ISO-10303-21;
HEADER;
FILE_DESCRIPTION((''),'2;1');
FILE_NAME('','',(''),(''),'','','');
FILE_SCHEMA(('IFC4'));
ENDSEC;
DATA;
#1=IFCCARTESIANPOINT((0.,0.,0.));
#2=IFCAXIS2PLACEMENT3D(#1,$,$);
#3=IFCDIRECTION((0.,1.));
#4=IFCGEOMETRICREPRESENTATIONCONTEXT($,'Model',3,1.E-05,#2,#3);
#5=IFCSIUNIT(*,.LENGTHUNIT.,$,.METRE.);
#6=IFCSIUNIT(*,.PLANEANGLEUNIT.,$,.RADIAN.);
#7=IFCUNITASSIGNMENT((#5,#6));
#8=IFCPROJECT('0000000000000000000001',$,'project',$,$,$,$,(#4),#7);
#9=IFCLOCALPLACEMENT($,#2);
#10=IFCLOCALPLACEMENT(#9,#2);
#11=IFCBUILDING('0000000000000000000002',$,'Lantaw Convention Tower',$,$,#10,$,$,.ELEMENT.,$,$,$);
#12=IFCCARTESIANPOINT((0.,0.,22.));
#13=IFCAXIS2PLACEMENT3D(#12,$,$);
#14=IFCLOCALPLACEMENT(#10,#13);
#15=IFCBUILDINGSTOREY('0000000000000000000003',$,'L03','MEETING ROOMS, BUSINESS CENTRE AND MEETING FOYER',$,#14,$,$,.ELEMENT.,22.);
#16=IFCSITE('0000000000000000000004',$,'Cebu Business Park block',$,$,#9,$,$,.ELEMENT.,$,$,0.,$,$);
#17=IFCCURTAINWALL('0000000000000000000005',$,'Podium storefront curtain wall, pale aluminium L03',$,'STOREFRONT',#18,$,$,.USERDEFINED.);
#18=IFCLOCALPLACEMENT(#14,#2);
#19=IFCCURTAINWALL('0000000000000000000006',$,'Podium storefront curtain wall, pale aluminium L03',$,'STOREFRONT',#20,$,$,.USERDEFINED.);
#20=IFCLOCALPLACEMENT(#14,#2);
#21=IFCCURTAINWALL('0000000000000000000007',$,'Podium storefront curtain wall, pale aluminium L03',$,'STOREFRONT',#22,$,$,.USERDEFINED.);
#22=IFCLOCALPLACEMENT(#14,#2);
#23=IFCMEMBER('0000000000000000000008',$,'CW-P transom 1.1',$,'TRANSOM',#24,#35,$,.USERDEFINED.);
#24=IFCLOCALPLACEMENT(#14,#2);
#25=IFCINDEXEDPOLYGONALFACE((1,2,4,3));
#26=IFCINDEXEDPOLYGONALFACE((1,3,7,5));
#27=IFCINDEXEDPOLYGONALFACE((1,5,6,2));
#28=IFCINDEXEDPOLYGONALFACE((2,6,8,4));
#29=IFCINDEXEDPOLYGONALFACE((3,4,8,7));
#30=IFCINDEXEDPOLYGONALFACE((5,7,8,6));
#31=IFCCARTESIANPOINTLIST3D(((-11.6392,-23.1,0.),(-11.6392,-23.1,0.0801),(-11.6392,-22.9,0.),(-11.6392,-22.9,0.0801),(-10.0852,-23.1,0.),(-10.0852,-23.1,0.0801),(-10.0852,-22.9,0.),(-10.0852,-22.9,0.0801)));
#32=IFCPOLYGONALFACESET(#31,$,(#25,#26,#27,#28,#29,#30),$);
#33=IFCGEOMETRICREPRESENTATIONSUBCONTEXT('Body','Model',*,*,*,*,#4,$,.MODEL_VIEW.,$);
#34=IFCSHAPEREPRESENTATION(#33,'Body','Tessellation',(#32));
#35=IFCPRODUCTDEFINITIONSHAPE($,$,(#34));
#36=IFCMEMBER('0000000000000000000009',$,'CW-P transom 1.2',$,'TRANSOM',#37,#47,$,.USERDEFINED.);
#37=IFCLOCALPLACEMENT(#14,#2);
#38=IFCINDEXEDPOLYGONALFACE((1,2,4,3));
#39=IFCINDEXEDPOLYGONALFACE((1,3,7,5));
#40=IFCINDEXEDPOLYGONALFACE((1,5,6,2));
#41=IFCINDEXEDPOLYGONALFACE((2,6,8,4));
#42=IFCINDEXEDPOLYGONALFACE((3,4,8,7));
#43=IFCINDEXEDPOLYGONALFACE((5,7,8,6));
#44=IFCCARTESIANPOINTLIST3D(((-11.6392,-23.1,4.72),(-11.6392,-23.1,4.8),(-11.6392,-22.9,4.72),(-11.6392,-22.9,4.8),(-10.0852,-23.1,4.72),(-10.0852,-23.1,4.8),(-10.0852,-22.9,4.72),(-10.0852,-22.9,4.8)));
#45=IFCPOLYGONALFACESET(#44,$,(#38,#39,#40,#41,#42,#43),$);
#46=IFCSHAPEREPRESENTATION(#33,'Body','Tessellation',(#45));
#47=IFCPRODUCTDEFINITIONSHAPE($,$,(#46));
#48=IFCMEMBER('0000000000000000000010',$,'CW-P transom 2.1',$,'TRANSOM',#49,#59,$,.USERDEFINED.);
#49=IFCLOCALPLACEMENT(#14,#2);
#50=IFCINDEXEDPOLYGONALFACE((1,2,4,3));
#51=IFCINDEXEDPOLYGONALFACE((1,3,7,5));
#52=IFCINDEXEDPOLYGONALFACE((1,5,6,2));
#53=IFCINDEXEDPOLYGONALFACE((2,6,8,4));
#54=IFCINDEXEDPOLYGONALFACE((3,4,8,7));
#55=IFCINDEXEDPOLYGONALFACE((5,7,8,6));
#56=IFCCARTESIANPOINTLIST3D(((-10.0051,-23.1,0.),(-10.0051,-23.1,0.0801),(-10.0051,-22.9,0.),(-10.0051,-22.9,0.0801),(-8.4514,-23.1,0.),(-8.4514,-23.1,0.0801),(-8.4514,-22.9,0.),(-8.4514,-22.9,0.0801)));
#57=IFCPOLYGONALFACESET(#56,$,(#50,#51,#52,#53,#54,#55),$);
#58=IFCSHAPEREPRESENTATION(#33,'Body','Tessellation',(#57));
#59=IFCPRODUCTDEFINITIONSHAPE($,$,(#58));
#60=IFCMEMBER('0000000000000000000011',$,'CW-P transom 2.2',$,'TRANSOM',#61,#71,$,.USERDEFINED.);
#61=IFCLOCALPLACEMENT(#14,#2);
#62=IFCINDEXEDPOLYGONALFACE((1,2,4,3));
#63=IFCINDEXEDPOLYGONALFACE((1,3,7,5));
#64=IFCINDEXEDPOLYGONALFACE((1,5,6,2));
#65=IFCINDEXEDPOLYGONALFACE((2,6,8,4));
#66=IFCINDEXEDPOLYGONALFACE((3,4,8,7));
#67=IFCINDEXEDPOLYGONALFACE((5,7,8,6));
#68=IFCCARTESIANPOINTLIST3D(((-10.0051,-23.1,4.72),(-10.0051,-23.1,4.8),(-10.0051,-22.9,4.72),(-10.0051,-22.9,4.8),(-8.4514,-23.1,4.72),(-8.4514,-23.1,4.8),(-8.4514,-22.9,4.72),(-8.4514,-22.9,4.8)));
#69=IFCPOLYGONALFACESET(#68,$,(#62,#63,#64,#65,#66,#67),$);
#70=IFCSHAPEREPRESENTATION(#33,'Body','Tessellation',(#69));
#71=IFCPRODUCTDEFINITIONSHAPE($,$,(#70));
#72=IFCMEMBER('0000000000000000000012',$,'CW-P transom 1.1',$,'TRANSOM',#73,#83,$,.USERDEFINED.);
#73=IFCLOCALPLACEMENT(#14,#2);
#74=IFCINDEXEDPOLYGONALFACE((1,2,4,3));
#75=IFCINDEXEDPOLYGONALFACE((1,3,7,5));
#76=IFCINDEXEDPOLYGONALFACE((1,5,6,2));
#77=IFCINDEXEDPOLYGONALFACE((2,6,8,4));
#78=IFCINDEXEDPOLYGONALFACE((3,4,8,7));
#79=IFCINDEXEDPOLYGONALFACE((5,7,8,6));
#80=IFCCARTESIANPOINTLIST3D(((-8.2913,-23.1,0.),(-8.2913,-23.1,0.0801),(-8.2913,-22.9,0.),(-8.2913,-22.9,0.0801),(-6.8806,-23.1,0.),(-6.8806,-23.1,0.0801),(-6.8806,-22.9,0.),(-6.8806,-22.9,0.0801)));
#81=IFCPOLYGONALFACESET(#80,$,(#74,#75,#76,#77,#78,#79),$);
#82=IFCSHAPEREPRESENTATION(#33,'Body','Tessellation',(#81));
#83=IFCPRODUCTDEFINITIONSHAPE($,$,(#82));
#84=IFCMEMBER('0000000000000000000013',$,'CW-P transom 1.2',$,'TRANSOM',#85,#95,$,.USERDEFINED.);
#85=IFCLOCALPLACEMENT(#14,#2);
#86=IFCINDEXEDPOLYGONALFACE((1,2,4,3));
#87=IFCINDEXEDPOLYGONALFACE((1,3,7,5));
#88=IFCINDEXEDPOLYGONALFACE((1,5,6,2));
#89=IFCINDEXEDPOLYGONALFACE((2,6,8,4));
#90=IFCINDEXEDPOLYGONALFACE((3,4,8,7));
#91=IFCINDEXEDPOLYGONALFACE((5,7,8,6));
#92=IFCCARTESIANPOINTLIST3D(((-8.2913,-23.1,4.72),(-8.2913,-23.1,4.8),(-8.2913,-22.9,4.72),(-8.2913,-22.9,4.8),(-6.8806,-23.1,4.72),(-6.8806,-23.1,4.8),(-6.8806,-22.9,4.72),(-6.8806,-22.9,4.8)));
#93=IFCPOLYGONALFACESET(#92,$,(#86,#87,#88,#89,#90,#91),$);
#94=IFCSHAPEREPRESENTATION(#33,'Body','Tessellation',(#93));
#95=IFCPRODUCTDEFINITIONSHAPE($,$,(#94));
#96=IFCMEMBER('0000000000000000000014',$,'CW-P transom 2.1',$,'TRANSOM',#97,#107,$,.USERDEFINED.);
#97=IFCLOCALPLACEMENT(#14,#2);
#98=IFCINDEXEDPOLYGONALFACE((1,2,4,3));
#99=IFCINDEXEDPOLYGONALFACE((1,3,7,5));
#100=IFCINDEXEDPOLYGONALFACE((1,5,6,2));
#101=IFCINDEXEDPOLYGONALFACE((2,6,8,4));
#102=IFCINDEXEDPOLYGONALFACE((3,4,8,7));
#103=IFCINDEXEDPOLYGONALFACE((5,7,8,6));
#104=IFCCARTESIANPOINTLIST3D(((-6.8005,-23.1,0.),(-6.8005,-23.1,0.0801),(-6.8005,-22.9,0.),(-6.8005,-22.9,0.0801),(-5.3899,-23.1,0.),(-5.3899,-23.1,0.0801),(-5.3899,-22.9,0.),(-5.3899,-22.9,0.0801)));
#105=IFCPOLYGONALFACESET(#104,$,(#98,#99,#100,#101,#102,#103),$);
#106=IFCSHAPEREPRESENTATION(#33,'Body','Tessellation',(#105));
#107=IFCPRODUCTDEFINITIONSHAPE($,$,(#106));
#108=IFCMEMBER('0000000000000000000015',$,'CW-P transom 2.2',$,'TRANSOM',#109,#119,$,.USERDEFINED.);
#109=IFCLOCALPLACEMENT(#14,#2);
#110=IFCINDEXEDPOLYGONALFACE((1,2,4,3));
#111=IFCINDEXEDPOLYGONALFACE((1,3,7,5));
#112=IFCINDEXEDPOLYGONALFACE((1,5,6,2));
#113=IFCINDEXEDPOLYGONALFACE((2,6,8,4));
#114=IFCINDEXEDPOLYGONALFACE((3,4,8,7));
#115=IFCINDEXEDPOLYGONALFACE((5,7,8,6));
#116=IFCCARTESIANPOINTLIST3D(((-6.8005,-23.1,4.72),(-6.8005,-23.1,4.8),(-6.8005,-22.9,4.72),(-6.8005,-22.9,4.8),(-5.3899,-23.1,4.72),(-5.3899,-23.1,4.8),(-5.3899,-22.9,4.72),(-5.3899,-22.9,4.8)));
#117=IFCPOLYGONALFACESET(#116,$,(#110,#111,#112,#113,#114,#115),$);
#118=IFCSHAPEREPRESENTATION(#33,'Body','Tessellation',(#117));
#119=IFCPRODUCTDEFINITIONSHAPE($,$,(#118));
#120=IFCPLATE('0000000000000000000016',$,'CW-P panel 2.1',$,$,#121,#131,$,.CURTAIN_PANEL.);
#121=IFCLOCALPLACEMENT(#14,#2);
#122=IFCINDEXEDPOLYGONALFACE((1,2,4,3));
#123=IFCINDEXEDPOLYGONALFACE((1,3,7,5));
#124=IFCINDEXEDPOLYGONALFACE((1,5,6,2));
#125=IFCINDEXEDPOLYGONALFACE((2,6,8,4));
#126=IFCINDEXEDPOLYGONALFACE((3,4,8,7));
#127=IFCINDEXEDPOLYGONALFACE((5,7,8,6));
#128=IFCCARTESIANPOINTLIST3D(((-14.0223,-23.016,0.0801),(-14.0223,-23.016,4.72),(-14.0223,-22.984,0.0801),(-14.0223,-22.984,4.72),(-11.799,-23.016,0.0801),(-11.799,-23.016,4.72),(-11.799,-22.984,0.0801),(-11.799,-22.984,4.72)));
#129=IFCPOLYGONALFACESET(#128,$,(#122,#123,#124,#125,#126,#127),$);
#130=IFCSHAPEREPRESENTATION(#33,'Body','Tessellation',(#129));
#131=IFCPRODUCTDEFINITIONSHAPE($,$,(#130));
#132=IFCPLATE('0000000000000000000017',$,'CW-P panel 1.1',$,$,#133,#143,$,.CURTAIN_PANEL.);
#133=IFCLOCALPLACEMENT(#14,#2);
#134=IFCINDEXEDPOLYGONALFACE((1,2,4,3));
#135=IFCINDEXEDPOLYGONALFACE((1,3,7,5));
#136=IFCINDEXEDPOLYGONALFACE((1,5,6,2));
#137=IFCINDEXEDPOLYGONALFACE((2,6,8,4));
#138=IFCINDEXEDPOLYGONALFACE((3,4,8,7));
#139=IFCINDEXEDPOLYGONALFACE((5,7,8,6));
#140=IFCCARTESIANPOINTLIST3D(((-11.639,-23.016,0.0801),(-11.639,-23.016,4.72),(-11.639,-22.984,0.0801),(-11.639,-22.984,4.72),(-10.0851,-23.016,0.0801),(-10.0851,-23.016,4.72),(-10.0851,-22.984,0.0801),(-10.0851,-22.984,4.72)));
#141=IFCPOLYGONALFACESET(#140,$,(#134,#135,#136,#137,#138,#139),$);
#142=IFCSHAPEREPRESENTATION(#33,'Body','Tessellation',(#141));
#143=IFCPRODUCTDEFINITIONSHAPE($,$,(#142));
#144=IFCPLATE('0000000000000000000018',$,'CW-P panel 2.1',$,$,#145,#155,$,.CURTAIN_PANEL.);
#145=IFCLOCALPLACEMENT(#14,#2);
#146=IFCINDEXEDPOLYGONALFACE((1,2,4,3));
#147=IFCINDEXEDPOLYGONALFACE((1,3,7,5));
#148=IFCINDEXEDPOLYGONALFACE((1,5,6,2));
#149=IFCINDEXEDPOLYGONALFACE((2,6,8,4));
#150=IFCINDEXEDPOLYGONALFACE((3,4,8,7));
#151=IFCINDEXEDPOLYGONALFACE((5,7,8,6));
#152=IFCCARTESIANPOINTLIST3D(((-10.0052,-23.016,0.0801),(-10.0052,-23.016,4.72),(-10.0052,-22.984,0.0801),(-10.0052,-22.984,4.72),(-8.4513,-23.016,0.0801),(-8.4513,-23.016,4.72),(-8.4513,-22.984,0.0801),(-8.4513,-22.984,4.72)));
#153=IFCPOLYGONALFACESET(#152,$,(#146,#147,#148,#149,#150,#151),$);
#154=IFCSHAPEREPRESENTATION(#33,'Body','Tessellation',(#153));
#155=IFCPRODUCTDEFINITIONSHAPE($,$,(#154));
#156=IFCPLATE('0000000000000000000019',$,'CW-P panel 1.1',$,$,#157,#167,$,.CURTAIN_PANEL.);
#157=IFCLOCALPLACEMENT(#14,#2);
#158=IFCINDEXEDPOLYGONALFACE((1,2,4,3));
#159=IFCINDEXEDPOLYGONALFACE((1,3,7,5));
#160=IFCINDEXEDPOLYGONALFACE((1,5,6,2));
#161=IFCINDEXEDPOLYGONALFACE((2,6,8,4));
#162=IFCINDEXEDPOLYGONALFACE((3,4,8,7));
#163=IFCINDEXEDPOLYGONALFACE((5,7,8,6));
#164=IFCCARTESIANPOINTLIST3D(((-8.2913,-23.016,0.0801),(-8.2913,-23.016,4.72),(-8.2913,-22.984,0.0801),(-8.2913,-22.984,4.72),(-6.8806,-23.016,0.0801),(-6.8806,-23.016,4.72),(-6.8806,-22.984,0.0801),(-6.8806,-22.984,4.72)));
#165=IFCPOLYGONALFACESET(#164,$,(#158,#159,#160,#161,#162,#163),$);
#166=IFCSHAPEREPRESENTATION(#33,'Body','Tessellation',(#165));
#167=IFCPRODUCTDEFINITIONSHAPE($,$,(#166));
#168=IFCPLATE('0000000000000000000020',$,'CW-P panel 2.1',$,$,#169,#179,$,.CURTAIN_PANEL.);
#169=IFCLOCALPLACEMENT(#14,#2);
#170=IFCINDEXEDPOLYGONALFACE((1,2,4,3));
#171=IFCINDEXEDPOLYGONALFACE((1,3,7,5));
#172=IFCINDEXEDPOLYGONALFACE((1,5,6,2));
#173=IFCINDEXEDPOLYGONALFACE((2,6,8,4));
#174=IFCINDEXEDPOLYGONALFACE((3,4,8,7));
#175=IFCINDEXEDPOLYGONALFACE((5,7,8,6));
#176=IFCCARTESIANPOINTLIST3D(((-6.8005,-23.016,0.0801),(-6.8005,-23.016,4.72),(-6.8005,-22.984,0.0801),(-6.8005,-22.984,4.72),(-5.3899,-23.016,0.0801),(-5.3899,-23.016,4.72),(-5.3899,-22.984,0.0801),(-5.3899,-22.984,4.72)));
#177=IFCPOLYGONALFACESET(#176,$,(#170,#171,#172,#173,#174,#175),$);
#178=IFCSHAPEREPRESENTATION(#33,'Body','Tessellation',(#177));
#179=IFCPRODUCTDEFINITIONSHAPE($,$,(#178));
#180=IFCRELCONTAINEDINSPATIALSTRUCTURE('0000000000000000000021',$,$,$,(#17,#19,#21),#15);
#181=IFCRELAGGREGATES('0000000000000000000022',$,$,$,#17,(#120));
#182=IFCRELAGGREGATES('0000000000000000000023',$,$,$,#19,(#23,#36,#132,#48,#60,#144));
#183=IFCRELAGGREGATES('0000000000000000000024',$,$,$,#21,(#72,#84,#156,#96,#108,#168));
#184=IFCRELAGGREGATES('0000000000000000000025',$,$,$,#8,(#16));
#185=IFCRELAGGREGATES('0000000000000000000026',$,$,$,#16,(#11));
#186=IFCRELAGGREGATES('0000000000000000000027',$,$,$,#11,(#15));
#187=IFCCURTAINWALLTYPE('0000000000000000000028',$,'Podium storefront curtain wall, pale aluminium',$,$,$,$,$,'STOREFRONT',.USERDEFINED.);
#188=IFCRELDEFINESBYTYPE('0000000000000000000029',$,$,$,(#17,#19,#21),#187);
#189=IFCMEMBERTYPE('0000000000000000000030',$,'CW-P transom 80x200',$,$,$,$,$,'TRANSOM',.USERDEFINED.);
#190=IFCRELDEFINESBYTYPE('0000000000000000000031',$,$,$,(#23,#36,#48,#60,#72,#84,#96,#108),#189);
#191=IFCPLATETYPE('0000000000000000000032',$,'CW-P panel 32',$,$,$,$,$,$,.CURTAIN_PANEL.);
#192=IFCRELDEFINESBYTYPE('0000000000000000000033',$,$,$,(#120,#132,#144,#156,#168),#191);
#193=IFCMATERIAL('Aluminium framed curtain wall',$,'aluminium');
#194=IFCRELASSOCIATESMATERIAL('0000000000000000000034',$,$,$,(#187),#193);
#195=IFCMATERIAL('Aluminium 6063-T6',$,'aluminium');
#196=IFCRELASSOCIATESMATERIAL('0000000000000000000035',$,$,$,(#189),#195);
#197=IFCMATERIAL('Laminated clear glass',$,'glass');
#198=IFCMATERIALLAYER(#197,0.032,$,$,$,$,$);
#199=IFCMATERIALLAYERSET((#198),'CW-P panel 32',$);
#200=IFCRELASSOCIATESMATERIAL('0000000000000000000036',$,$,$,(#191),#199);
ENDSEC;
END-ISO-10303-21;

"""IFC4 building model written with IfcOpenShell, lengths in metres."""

from ifc_helpers import new_model, si_unit, direction, frame, origin, origin_2d, place, context, subcontext, project, spatial, rectangle, extrude, material, layer, layer_set, material_profile, profile_set, type_object, element, aggregate, save


model = new_model("IFC4")

# Units and contexts
model_context = context("Model", 3, precision=1e-05, world=origin(), true_north=direction((0.0, 1.0)))
body_context = subcontext(model_context, "Body", "Model", "MODEL_VIEW")
ifc_project = project(units=[si_unit("LENGTHUNIT", "METRE"), si_unit("PLANEANGLEUNIT", "RADIAN")], contexts=[model_context])

# Site, building, storey
site_placement = place(None, origin())
site = spatial("IfcSite", under=ifc_project, at=site_placement, Name="Cebu Business Park block", CompositionType="ELEMENT", RefElevation=0.0)
building_placement = place(site_placement, origin())
building = spatial("IfcBuilding", under=site, at=building_placement, Name="Lantaw Convention Tower", CompositionType="ELEMENT")
storey_placement = place(building_placement, frame((0.0, 0.0, 22.0)))
storey = spatial("IfcBuildingStorey", under=building, at=storey_placement, Name="L03", Description="MEETING ROOMS, BUSINESS CENTRE AND MEETING FOYER", CompositionType="ELEMENT", Elevation=22.0)

# Curtain wall
ifc_material_1 = material(Name="Aluminium framed curtain wall", Category="aluminium")
curtain_wall_type = type_object("IfcCurtainWallType", Name="Podium storefront curtain wall, pale aluminium", ElementType="STOREFRONT", PredefinedType="USERDEFINED", material=ifc_material_1)
curtain_wall_1_placement = place(storey_placement, origin())
curtain_wall_1 = element("IfcCurtainWall", 1, at=curtain_wall_1_placement, inside=storey, type_object=curtain_wall_type, Name="Podium storefront curtain wall, pale aluminium L03", ObjectType="STOREFRONT", PredefinedType="USERDEFINED")
ifc_material_2 = material(Name="Aluminium 6063-T6", Category="aluminium")

# Curtain walls
curtain_wall_2_placement = place(storey_placement, origin())
curtain_wall_2 = element("IfcCurtainWall", 2, at=curtain_wall_2_placement, inside=storey, type_object=curtain_wall_type, Name="Podium storefront curtain wall, pale aluminium L03", ObjectType="STOREFRONT", PredefinedType="USERDEFINED")
curtain_wall_3_placement = place(storey_placement, origin())
curtain_wall_3 = element("IfcCurtainWall", 3, at=curtain_wall_3_placement, inside=storey, type_object=curtain_wall_type, Name="Podium storefront curtain wall, pale aluminium L03", ObjectType="STOREFRONT", PredefinedType="USERDEFINED")

# Members
ifc_material_profile_1 = material_profile(ifc_material_2, rectangle(XDim=0.2, YDim=0.0801, at=origin_2d()), Name="CW-P transom 80x200")
ifc_profile_set_1 = profile_set([ifc_material_profile_1], Name="Aluminium 6063-T6")
member_type_1 = type_object("IfcMemberType", Name="CW-P transom 80x200", ElementType="TRANSOM", PredefinedType="USERDEFINED", material=ifc_profile_set_1)
member_1_placement = place(storey_placement, frame((-11.6392, -23.0, 0.04), z_axis=(1.0, 0.0, 0.0), x_axis=(0.0, 1.0, 0.0)))
member_1 = element("IfcMember", 4, at=member_1_placement, type_object=member_type_1, Name="CW-P transom 1.1", ObjectType="TRANSOM", PredefinedType="USERDEFINED", context=body_context, shape_type="SweptSolid", body=[
    extrude(rectangle(XDim=0.2, YDim=0.0801, at=origin_2d()), origin(), (0.0, 0.0, 1.0), 1.554),
])
member_2_placement = place(storey_placement, frame((-11.6392, -23.0, 4.76), z_axis=(1.0, 0.0, 0.0), x_axis=(0.0, 1.0, 0.0)))
member_2 = element("IfcMember", 5, at=member_2_placement, type_object=member_type_1, Name="CW-P transom 1.2", ObjectType="TRANSOM", PredefinedType="USERDEFINED", context=body_context, shape_type="SweptSolid", body=[
    extrude(rectangle(XDim=0.2, YDim=0.0801, at=origin_2d()), origin(), (0.0, 0.0, 1.0), 1.554),
])
member_3_placement = place(storey_placement, frame((-10.0051, -23.0, 0.04), z_axis=(1.0, 0.0, 0.0), x_axis=(0.0, 1.0, 0.0)))
member_3 = element("IfcMember", 6, at=member_3_placement, type_object=member_type_1, Name="CW-P transom 2.1", ObjectType="TRANSOM", PredefinedType="USERDEFINED", context=body_context, shape_type="SweptSolid", body=[
    extrude(rectangle(XDim=0.2, YDim=0.0801, at=origin_2d()), origin(), (0.0, 0.0, 1.0), 1.5537),
])
member_4_placement = place(storey_placement, frame((-10.0051, -23.0, 4.76), z_axis=(1.0, 0.0, 0.0), x_axis=(0.0, 1.0, 0.0)))
member_4 = element("IfcMember", 7, at=member_4_placement, type_object=member_type_1, Name="CW-P transom 2.2", ObjectType="TRANSOM", PredefinedType="USERDEFINED", context=body_context, shape_type="SweptSolid", body=[
    extrude(rectangle(XDim=0.2, YDim=0.0801, at=origin_2d()), origin(), (0.0, 0.0, 1.0), 1.5537),
])
member_5_placement = place(storey_placement, frame((-8.2913, -23.0, 0.04), z_axis=(1.0, 0.0, 0.0), x_axis=(0.0, 1.0, 0.0)))
member_5 = element("IfcMember", 8, at=member_5_placement, type_object=member_type_1, Name="CW-P transom 1.1", ObjectType="TRANSOM", PredefinedType="USERDEFINED", context=body_context, shape_type="SweptSolid", body=[
    extrude(rectangle(XDim=0.2, YDim=0.0801, at=origin_2d()), origin(), (0.0, 0.0, 1.0), 1.4106),
])
member_6_placement = place(storey_placement, frame((-8.2913, -23.0, 4.76), z_axis=(1.0, 0.0, 0.0), x_axis=(0.0, 1.0, 0.0)))
member_6 = element("IfcMember", 9, at=member_6_placement, type_object=member_type_1, Name="CW-P transom 1.2", ObjectType="TRANSOM", PredefinedType="USERDEFINED", context=body_context, shape_type="SweptSolid", body=[
    extrude(rectangle(XDim=0.2, YDim=0.0801, at=origin_2d()), origin(), (0.0, 0.0, 1.0), 1.4106),
])
member_7_placement = place(storey_placement, frame((-6.8005, -23.0, 0.04), z_axis=(1.0, 0.0, 0.0), x_axis=(0.0, 1.0, 0.0)))
member_7 = element("IfcMember", 10, at=member_7_placement, type_object=member_type_1, Name="CW-P transom 2.1", ObjectType="TRANSOM", PredefinedType="USERDEFINED", context=body_context, shape_type="SweptSolid", body=[
    extrude(rectangle(XDim=0.2, YDim=0.0801, at=origin_2d()), origin(), (0.0, 0.0, 1.0), 1.4106),
])
member_8_placement = place(storey_placement, frame((-6.8005, -23.0, 4.76), z_axis=(1.0, 0.0, 0.0), x_axis=(0.0, 1.0, 0.0)))
member_8 = element("IfcMember", 11, at=member_8_placement, type_object=member_type_1, Name="CW-P transom 2.2", ObjectType="TRANSOM", PredefinedType="USERDEFINED", context=body_context, shape_type="SweptSolid", body=[
    extrude(rectangle(XDim=0.2, YDim=0.0801, at=origin_2d()), origin(), (0.0, 0.0, 1.0), 1.4106),
])

# Plates
ifc_material_3 = material(Name="Laminated clear glass", Category="glass")
ifc_layer = layer(ifc_material_3, 0.032)
ifc_layer_set = layer_set([ifc_layer], Name="CW-P panel 32")
plate_type = type_object("IfcPlateType", Name="CW-P panel 32", PredefinedType="CURTAIN_PANEL", material=ifc_layer_set)
plate_1_placement = place(storey_placement, frame((-12.9106, -23.0, 0.0801), z_axis=(0.0, 0.0, 1.0), x_axis=(1.0, 0.0, 0.0)))
plate_1 = element("IfcPlate", 12, at=plate_1_placement, type_object=plate_type, Name="CW-P panel 2.1", PredefinedType="CURTAIN_PANEL", context=body_context, shape_type="SweptSolid", body=[
    extrude(rectangle(XDim=2.2234, YDim=0.032, at=origin_2d()), origin(), (0.0, 0.0, 1.0), 4.6399),
])
aggregate(curtain_wall_1, [plate_1])
plate_2_placement = place(storey_placement, frame((-10.8621, -23.0, 0.0801), z_axis=(0.0, 0.0, 1.0), x_axis=(1.0, 0.0, 0.0)))
plate_2 = element("IfcPlate", 13, at=plate_2_placement, type_object=plate_type, Name="CW-P panel 1.1", PredefinedType="CURTAIN_PANEL", context=body_context, shape_type="SweptSolid", body=[
    extrude(rectangle(XDim=1.554, YDim=0.032, at=origin_2d()), origin(), (0.0, 0.0, 1.0), 4.6399),
])
plate_3_placement = place(storey_placement, frame((-9.2283, -23.0, 0.0801), z_axis=(0.0, 0.0, 1.0), x_axis=(1.0, 0.0, 0.0)))
plate_3 = element("IfcPlate", 14, at=plate_3_placement, type_object=plate_type, Name="CW-P panel 2.1", PredefinedType="CURTAIN_PANEL", context=body_context, shape_type="SweptSolid", body=[
    extrude(rectangle(XDim=1.554, YDim=0.032, at=origin_2d()), origin(), (0.0, 0.0, 1.0), 4.6399),
])
aggregate(curtain_wall_2, [member_1, member_2, plate_2, member_3, member_4, plate_3])
plate_4_placement = place(storey_placement, frame((-7.5859, -23.0, 0.0801), z_axis=(0.0, 0.0, 1.0), x_axis=(1.0, 0.0, 0.0)))
plate_4 = element("IfcPlate", 15, at=plate_4_placement, type_object=plate_type, Name="CW-P panel 1.1", PredefinedType="CURTAIN_PANEL", context=body_context, shape_type="SweptSolid", body=[
    extrude(rectangle(XDim=1.4106, YDim=0.032, at=origin_2d()), origin(), (0.0, 0.0, 1.0), 4.6399),
])
plate_5_placement = place(storey_placement, frame((-6.0952, -23.0, 0.0801), z_axis=(0.0, 0.0, 1.0), x_axis=(1.0, 0.0, 0.0)))
plate_5 = element("IfcPlate", 16, at=plate_5_placement, type_object=plate_type, Name="CW-P panel 2.1", PredefinedType="CURTAIN_PANEL", context=body_context, shape_type="SweptSolid", body=[
    extrude(rectangle(XDim=1.4106, YDim=0.032, at=origin_2d()), origin(), (0.0, 0.0, 1.0), 4.6399),
])
aggregate(curtain_wall_3, [member_5, member_6, plate_4, member_7, member_8, plate_5])

save(model, "model.ifc")
